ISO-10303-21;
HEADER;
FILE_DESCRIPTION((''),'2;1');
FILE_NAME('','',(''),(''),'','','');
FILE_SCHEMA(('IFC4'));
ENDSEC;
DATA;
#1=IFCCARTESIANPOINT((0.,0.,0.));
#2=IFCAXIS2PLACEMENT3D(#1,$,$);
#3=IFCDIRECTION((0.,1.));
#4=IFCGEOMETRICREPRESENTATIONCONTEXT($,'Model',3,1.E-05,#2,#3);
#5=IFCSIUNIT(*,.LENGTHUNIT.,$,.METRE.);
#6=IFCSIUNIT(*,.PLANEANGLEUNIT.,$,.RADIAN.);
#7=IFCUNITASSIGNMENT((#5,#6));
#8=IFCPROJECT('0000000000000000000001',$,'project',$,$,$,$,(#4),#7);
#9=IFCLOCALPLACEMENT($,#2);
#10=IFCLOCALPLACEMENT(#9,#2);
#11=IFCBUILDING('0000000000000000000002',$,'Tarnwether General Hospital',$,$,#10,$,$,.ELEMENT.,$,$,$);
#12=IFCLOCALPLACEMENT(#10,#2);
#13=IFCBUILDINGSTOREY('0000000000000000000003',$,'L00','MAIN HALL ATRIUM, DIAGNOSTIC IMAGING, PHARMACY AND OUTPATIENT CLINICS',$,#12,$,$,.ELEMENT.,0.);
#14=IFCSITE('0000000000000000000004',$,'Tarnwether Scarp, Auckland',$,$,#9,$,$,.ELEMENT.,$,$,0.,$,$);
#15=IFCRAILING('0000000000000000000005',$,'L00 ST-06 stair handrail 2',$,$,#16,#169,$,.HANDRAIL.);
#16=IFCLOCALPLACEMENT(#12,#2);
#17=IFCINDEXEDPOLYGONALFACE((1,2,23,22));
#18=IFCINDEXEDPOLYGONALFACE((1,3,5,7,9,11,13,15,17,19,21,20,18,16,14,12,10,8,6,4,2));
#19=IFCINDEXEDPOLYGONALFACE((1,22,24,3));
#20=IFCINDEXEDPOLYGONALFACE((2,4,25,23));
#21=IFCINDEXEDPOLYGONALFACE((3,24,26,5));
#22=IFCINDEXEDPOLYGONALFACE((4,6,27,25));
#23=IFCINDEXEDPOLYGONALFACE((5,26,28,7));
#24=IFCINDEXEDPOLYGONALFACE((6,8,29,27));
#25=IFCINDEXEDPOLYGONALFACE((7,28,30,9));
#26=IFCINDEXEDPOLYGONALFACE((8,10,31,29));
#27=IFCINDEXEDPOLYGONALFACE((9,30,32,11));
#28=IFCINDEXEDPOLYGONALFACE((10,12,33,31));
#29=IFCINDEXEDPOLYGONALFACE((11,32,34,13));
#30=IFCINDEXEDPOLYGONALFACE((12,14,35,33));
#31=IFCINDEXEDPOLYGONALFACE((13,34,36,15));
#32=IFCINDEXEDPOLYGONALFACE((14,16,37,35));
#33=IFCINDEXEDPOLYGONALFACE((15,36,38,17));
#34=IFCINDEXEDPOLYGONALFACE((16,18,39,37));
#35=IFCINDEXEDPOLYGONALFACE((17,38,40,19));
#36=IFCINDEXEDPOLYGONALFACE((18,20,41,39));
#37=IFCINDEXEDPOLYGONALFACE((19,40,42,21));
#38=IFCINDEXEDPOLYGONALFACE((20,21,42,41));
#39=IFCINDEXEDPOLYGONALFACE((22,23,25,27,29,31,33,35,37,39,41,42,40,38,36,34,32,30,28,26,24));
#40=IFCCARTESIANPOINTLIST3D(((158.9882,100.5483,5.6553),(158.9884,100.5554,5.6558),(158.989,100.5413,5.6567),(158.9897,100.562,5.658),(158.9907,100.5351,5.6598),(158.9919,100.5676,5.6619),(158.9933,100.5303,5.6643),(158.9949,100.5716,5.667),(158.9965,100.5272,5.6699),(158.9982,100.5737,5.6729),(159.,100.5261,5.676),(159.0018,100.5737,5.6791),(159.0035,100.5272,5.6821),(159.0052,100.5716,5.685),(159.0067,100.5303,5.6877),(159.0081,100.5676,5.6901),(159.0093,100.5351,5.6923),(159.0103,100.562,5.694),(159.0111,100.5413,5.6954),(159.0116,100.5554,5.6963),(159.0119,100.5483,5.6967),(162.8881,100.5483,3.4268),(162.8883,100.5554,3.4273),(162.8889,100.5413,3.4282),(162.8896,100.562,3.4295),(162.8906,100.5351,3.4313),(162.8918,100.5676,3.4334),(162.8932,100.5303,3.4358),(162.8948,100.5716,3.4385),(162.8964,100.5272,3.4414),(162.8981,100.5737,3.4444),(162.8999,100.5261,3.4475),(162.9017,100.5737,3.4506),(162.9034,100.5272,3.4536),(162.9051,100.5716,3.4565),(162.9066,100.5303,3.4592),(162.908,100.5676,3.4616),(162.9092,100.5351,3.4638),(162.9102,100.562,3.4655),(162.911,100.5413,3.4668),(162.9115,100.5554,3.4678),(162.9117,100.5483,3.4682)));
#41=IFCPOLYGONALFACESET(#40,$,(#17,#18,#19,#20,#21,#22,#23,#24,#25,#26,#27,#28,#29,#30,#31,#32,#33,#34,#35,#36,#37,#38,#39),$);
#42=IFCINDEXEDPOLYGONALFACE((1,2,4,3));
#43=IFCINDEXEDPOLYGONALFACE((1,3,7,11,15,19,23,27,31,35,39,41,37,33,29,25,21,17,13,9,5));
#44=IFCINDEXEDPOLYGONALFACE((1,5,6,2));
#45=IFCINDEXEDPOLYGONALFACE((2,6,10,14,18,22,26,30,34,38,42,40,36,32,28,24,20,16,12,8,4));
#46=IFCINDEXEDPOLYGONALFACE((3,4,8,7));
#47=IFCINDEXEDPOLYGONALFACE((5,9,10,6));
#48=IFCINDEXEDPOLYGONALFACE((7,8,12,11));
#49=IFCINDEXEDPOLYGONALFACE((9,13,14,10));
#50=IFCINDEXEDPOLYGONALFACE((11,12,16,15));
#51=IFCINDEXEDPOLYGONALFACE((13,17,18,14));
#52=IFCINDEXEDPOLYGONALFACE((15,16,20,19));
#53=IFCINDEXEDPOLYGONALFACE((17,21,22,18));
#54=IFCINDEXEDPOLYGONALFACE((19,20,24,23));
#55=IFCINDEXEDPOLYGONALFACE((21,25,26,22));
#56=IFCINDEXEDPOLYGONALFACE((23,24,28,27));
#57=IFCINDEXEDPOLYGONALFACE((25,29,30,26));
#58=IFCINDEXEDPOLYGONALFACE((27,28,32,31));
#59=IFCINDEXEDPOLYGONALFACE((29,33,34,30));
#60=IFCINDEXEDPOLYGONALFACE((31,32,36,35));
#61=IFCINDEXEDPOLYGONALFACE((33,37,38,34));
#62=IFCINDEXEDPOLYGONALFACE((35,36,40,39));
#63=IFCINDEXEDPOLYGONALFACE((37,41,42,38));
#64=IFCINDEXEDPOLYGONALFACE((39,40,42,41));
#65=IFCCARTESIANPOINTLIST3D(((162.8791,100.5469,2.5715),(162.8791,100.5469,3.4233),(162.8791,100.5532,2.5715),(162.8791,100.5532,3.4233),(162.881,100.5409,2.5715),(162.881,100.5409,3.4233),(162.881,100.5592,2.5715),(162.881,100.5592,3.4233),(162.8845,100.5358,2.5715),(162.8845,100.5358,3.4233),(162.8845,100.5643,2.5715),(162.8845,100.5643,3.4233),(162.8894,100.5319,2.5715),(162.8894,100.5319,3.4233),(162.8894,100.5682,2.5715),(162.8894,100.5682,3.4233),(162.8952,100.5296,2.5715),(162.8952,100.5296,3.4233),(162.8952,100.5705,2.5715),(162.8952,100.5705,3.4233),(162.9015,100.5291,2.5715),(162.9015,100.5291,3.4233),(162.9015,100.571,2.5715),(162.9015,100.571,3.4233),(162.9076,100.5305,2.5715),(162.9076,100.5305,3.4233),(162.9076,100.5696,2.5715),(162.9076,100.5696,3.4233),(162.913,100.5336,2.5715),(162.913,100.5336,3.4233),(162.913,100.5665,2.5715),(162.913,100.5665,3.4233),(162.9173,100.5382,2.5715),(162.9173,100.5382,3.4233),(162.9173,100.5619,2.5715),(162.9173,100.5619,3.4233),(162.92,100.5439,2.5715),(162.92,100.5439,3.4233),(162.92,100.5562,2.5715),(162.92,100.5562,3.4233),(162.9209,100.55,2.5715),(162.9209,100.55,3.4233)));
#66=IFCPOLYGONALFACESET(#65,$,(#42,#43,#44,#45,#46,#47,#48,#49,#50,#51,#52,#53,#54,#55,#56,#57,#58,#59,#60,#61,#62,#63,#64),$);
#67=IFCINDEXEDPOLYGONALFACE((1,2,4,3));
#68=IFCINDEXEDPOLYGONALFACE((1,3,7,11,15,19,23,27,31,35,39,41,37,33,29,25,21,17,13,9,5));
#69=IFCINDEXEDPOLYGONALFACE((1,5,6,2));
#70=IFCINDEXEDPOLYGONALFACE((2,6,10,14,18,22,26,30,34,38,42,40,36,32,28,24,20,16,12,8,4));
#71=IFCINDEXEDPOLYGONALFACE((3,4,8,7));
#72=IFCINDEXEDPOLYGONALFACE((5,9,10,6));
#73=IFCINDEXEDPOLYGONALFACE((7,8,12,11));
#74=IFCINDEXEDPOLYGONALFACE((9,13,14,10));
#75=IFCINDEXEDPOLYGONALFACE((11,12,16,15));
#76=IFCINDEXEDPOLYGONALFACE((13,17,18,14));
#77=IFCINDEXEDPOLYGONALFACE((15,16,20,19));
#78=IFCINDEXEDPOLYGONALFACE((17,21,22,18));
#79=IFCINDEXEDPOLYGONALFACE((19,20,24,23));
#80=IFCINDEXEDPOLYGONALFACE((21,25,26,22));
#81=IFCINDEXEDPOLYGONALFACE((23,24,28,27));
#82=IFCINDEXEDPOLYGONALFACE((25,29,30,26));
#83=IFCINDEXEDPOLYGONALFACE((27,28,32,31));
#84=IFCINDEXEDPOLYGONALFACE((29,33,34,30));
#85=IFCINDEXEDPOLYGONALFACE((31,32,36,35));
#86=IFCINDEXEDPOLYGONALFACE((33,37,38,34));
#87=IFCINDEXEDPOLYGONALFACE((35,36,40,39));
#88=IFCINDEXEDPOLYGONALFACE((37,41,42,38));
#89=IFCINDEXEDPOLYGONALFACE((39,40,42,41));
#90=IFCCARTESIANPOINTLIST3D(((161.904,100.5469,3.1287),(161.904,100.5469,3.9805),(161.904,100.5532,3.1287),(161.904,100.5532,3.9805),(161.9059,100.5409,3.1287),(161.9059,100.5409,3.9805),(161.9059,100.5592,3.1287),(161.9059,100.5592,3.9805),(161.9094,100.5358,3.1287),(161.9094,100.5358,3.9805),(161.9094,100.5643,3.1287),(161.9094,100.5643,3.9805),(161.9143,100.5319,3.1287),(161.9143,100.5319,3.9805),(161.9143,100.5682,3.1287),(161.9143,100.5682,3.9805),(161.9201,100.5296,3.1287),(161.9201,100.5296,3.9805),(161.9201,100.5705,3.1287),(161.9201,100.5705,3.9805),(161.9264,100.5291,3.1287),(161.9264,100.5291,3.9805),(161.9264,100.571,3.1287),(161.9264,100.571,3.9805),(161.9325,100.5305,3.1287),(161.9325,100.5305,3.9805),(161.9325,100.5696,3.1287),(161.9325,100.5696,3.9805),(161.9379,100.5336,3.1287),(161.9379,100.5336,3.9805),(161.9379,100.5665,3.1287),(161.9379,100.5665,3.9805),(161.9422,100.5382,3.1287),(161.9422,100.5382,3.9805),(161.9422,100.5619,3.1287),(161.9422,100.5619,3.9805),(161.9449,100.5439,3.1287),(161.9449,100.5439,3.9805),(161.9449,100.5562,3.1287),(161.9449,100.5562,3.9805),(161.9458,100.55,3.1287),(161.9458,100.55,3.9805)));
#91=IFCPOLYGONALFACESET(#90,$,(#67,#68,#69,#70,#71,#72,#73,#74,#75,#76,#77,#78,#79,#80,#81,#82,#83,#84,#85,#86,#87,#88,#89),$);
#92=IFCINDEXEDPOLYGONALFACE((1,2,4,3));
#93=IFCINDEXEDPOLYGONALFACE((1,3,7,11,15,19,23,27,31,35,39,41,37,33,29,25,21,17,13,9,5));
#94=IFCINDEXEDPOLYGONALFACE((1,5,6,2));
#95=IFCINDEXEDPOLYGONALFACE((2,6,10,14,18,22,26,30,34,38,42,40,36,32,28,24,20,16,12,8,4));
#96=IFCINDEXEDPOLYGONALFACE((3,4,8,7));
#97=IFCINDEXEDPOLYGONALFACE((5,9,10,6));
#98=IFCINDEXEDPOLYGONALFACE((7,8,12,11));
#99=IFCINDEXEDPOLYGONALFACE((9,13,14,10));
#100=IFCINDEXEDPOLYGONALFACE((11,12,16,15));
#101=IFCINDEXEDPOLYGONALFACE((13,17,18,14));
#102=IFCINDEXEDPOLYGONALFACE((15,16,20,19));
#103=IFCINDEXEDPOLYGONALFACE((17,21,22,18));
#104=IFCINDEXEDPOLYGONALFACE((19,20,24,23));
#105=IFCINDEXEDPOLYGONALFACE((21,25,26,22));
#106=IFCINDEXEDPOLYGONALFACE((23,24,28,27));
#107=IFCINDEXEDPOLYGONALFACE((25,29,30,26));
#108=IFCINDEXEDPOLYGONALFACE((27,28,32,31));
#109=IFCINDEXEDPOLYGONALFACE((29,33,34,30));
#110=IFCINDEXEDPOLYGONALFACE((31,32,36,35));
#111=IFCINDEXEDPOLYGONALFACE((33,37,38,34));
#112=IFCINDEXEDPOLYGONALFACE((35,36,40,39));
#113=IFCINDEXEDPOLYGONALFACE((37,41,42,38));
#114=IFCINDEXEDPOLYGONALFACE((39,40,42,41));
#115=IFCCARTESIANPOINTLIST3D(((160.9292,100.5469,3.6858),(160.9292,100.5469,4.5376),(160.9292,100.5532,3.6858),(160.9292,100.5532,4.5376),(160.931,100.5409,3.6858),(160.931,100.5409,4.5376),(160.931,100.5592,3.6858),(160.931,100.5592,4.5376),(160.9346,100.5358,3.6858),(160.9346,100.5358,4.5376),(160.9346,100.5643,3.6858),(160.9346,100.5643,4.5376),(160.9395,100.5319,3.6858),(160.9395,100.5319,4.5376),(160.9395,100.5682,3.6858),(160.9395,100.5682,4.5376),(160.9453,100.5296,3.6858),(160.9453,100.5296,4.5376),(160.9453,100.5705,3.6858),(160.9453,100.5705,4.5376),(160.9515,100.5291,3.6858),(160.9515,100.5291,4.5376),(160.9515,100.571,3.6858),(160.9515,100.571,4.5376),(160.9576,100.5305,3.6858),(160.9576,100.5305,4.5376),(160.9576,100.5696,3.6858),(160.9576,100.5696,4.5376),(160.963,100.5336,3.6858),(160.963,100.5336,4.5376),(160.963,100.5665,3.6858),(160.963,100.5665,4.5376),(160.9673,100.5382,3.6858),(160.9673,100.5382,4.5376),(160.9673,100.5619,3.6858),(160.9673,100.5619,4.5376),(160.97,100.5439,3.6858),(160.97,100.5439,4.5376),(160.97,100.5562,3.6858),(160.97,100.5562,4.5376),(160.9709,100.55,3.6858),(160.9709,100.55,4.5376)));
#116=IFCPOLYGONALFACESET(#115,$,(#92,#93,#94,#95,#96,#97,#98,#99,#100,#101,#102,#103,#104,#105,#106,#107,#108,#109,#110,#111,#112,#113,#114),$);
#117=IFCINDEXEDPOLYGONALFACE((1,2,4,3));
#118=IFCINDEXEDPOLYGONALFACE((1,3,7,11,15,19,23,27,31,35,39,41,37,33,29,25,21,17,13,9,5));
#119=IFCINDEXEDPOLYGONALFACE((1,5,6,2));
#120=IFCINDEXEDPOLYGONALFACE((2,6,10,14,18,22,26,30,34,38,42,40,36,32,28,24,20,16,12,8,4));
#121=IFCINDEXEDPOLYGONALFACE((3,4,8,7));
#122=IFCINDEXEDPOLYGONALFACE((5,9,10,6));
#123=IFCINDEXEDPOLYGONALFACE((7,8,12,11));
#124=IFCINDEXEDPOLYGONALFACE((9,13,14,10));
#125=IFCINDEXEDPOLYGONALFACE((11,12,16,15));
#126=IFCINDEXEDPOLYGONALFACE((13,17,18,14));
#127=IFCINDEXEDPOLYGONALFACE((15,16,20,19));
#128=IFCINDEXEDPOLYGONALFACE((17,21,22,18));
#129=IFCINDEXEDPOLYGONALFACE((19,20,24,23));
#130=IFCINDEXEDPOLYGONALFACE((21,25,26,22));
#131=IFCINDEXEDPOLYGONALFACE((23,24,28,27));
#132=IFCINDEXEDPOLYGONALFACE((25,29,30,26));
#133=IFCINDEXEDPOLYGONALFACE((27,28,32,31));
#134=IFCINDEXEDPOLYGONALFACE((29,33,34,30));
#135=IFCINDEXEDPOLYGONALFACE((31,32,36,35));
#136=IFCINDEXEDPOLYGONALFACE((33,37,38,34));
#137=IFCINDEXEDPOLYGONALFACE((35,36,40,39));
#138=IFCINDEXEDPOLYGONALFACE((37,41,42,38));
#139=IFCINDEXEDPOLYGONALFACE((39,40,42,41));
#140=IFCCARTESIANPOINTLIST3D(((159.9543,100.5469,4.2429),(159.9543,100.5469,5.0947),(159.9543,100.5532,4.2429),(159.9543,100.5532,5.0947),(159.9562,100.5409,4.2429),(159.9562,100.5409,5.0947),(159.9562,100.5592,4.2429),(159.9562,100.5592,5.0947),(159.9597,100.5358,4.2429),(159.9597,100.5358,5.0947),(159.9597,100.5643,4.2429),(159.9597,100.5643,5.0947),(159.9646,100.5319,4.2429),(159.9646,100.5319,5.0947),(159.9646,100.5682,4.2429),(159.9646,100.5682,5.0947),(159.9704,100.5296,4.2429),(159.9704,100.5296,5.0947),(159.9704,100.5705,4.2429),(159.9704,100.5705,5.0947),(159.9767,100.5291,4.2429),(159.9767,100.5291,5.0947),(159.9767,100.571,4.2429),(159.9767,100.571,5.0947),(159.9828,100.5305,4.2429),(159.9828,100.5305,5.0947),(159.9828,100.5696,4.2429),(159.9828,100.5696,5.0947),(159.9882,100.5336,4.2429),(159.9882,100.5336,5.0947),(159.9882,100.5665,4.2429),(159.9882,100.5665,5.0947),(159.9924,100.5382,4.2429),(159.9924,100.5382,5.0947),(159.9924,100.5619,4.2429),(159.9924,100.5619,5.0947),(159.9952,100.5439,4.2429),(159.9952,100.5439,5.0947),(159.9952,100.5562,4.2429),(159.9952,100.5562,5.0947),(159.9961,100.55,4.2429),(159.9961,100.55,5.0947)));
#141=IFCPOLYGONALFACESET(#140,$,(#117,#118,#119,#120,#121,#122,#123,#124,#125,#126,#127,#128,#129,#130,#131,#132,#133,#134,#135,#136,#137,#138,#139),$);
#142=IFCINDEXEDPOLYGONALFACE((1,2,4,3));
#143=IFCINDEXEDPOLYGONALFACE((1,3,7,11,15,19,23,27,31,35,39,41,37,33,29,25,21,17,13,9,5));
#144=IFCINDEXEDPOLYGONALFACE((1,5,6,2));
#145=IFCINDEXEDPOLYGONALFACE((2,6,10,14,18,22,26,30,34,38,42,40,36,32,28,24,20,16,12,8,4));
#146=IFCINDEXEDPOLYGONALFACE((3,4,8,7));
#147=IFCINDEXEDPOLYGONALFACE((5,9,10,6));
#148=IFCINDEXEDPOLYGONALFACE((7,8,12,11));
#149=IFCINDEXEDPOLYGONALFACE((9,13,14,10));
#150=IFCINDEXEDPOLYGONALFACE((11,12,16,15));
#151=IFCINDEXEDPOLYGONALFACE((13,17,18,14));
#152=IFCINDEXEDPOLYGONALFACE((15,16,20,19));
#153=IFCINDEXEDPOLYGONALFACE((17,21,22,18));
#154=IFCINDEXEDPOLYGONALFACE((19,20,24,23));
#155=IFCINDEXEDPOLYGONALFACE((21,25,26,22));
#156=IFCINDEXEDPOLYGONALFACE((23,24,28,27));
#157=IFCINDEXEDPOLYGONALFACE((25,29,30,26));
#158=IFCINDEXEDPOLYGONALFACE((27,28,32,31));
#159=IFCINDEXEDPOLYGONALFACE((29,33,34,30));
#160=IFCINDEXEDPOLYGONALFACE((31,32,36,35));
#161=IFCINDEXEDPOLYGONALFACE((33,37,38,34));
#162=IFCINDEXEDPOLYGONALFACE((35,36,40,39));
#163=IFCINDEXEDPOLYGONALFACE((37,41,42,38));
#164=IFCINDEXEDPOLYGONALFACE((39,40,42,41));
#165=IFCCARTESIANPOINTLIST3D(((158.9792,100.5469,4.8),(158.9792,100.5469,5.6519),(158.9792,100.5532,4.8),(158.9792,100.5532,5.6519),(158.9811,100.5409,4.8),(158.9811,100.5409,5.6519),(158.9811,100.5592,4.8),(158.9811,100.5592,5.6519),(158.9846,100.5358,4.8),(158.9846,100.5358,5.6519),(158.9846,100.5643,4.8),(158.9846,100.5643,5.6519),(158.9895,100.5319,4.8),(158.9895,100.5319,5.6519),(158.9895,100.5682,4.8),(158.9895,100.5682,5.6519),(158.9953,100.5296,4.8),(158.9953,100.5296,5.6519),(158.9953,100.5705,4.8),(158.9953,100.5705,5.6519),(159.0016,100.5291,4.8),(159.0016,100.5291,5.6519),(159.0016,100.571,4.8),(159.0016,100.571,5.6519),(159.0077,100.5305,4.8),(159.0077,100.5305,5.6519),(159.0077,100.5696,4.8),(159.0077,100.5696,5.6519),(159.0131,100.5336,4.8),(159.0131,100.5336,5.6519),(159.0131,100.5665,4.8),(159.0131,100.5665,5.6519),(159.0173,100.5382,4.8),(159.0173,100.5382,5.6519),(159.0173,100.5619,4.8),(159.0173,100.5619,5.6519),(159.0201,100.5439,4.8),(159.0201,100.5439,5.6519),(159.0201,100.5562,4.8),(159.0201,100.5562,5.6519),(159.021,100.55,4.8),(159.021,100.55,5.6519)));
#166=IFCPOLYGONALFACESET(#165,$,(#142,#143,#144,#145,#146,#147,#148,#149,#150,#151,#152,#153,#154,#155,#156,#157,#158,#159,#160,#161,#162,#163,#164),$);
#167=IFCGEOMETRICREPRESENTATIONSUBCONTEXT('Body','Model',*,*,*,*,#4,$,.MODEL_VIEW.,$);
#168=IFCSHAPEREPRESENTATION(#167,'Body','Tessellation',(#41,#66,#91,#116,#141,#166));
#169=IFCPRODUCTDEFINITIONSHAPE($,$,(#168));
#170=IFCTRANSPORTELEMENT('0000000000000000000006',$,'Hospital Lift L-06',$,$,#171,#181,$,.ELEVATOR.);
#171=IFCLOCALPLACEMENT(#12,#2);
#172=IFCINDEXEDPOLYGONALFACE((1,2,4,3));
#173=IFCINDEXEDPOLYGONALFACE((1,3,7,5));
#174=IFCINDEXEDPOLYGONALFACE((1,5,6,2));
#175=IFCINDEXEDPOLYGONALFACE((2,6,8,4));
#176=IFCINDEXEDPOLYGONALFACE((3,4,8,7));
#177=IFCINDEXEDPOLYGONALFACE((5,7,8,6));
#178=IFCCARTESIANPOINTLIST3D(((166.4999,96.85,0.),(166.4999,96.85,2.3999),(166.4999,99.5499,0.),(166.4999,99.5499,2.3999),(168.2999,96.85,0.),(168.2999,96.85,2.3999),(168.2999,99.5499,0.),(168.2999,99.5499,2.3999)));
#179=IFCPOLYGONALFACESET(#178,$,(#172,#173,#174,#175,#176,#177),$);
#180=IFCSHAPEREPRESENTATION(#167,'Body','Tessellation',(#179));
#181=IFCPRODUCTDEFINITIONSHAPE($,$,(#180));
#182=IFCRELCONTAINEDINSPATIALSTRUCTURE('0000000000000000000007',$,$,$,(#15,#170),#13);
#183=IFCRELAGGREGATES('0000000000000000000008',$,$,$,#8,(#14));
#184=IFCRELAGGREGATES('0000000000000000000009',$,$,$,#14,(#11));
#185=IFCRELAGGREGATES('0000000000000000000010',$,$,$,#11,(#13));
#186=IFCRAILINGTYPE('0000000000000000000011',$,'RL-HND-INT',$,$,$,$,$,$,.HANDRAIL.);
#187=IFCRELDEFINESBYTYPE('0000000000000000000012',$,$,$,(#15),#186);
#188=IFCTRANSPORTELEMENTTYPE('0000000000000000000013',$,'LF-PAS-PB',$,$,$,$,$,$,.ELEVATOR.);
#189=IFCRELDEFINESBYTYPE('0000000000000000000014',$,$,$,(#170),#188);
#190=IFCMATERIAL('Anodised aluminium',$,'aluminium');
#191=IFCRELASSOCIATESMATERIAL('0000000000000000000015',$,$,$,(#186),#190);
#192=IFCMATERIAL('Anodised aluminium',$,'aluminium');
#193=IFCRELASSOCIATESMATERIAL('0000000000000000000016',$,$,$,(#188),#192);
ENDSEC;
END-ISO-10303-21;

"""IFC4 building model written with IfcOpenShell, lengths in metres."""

from ifc_helpers import new_model, si_unit, direction, frame, origin, origin_2d, place, context, subcontext, project, spatial, rectangle, circle, extrude, material, type_object, element, save


model = new_model("IFC4")

# Units and contexts
model_context = context("Model", 3, precision=1e-05, world=origin(), true_north=direction((0.0, 1.0)))
body_context = subcontext(model_context, "Body", "Model", "MODEL_VIEW")
ifc_project = project(units=[si_unit("LENGTHUNIT", "METRE"), si_unit("PLANEANGLEUNIT", "RADIAN")], contexts=[model_context])

# Site, building, storey
site_placement = place(None, origin())
site = spatial("IfcSite", under=ifc_project, at=site_placement, Name="Tarnwether Scarp, Auckland", CompositionType="ELEMENT", RefElevation=0.0)
building_placement = place(site_placement, origin())
building = spatial("IfcBuilding", under=site, at=building_placement, Name="Tarnwether General Hospital", CompositionType="ELEMENT")
storey_placement = place(building_placement, origin())
storey = spatial("IfcBuildingStorey", under=building, at=storey_placement, Name="L00", Description="MAIN HALL ATRIUM, DIAGNOSTIC IMAGING, PHARMACY AND OUTPATIENT CLINICS", CompositionType="ELEMENT", Elevation=0.0)

# Railing
ifc_material_1 = material(Name="Anodised aluminium", Category="aluminium")
railing_type_1 = type_object("IfcRailingType", Name="RL-HND-INT", PredefinedType="HANDRAIL", material=ifc_material_1)
railing_1_placement = place(storey_placement, frame((162.8999, 100.55, 2.5715)))
element("IfcRailing", 1, at=railing_1_placement, inside=storey, type_object=railing_type_1, Name="L00 ST-06 stair handrail 2", PredefinedType="HANDRAIL", context=body_context, shape_type="SweptSolid", body=[
    extrude(circle(Radius=0.0239, at=origin_2d()), frame((0.0, 0.0, 0.876), z_axis=(-0.868243, 0.0, 0.496139), x_axis=(0.0, -1.0, 0.0)), (0.0, 0.0, 1.0), 4.4917),
    extrude(circle(Radius=0.021, at=origin_2d()), origin(), (0.0, 0.0, 1.0), 0.8518),
    extrude(circle(Radius=0.021, at=origin_2d()), frame((-0.9751, 0.0, 0.5571)), (0.0, 0.0, 1.0), 0.8518),
    extrude(circle(Radius=0.021, at=origin_2d()), frame((-1.95, 0.0, 1.1143)), (0.0, 0.0, 1.0), 0.8518),
    extrude(circle(Radius=0.021, at=origin_2d()), frame((-2.9248, 0.0, 1.6714)), (0.0, 0.0, 1.0), 0.8518),
    extrude(circle(Radius=0.021, at=origin_2d()), frame((-3.8999, 0.0, 2.2285)), (0.0, 0.0, 1.0), 0.8518),
])

# Transport element
ifc_material_2 = material(Name="Anodised aluminium", Category="aluminium")
transport_element_type = type_object("IfcTransportElementType", Name="LF-PAS-PB", PredefinedType="ELEVATOR", material=ifc_material_2)
transport_element_placement = place(storey_placement, frame((167.3999, 98.2, 0.0), z_axis=(0.0, 0.0, 1.0), x_axis=(1.0, 0.0, 0.0)))
element("IfcTransportElement", 2, at=transport_element_placement, inside=storey, type_object=transport_element_type, Name="Hospital Lift L-06", PredefinedType="ELEVATOR", context=body_context, shape_type="SweptSolid", body=[
    extrude(rectangle(XDim=1.8, YDim=2.7, at=origin_2d()), origin(), (0.0, 0.0, 1.0), 2.3999),
])

save(model, "model.ifc")
